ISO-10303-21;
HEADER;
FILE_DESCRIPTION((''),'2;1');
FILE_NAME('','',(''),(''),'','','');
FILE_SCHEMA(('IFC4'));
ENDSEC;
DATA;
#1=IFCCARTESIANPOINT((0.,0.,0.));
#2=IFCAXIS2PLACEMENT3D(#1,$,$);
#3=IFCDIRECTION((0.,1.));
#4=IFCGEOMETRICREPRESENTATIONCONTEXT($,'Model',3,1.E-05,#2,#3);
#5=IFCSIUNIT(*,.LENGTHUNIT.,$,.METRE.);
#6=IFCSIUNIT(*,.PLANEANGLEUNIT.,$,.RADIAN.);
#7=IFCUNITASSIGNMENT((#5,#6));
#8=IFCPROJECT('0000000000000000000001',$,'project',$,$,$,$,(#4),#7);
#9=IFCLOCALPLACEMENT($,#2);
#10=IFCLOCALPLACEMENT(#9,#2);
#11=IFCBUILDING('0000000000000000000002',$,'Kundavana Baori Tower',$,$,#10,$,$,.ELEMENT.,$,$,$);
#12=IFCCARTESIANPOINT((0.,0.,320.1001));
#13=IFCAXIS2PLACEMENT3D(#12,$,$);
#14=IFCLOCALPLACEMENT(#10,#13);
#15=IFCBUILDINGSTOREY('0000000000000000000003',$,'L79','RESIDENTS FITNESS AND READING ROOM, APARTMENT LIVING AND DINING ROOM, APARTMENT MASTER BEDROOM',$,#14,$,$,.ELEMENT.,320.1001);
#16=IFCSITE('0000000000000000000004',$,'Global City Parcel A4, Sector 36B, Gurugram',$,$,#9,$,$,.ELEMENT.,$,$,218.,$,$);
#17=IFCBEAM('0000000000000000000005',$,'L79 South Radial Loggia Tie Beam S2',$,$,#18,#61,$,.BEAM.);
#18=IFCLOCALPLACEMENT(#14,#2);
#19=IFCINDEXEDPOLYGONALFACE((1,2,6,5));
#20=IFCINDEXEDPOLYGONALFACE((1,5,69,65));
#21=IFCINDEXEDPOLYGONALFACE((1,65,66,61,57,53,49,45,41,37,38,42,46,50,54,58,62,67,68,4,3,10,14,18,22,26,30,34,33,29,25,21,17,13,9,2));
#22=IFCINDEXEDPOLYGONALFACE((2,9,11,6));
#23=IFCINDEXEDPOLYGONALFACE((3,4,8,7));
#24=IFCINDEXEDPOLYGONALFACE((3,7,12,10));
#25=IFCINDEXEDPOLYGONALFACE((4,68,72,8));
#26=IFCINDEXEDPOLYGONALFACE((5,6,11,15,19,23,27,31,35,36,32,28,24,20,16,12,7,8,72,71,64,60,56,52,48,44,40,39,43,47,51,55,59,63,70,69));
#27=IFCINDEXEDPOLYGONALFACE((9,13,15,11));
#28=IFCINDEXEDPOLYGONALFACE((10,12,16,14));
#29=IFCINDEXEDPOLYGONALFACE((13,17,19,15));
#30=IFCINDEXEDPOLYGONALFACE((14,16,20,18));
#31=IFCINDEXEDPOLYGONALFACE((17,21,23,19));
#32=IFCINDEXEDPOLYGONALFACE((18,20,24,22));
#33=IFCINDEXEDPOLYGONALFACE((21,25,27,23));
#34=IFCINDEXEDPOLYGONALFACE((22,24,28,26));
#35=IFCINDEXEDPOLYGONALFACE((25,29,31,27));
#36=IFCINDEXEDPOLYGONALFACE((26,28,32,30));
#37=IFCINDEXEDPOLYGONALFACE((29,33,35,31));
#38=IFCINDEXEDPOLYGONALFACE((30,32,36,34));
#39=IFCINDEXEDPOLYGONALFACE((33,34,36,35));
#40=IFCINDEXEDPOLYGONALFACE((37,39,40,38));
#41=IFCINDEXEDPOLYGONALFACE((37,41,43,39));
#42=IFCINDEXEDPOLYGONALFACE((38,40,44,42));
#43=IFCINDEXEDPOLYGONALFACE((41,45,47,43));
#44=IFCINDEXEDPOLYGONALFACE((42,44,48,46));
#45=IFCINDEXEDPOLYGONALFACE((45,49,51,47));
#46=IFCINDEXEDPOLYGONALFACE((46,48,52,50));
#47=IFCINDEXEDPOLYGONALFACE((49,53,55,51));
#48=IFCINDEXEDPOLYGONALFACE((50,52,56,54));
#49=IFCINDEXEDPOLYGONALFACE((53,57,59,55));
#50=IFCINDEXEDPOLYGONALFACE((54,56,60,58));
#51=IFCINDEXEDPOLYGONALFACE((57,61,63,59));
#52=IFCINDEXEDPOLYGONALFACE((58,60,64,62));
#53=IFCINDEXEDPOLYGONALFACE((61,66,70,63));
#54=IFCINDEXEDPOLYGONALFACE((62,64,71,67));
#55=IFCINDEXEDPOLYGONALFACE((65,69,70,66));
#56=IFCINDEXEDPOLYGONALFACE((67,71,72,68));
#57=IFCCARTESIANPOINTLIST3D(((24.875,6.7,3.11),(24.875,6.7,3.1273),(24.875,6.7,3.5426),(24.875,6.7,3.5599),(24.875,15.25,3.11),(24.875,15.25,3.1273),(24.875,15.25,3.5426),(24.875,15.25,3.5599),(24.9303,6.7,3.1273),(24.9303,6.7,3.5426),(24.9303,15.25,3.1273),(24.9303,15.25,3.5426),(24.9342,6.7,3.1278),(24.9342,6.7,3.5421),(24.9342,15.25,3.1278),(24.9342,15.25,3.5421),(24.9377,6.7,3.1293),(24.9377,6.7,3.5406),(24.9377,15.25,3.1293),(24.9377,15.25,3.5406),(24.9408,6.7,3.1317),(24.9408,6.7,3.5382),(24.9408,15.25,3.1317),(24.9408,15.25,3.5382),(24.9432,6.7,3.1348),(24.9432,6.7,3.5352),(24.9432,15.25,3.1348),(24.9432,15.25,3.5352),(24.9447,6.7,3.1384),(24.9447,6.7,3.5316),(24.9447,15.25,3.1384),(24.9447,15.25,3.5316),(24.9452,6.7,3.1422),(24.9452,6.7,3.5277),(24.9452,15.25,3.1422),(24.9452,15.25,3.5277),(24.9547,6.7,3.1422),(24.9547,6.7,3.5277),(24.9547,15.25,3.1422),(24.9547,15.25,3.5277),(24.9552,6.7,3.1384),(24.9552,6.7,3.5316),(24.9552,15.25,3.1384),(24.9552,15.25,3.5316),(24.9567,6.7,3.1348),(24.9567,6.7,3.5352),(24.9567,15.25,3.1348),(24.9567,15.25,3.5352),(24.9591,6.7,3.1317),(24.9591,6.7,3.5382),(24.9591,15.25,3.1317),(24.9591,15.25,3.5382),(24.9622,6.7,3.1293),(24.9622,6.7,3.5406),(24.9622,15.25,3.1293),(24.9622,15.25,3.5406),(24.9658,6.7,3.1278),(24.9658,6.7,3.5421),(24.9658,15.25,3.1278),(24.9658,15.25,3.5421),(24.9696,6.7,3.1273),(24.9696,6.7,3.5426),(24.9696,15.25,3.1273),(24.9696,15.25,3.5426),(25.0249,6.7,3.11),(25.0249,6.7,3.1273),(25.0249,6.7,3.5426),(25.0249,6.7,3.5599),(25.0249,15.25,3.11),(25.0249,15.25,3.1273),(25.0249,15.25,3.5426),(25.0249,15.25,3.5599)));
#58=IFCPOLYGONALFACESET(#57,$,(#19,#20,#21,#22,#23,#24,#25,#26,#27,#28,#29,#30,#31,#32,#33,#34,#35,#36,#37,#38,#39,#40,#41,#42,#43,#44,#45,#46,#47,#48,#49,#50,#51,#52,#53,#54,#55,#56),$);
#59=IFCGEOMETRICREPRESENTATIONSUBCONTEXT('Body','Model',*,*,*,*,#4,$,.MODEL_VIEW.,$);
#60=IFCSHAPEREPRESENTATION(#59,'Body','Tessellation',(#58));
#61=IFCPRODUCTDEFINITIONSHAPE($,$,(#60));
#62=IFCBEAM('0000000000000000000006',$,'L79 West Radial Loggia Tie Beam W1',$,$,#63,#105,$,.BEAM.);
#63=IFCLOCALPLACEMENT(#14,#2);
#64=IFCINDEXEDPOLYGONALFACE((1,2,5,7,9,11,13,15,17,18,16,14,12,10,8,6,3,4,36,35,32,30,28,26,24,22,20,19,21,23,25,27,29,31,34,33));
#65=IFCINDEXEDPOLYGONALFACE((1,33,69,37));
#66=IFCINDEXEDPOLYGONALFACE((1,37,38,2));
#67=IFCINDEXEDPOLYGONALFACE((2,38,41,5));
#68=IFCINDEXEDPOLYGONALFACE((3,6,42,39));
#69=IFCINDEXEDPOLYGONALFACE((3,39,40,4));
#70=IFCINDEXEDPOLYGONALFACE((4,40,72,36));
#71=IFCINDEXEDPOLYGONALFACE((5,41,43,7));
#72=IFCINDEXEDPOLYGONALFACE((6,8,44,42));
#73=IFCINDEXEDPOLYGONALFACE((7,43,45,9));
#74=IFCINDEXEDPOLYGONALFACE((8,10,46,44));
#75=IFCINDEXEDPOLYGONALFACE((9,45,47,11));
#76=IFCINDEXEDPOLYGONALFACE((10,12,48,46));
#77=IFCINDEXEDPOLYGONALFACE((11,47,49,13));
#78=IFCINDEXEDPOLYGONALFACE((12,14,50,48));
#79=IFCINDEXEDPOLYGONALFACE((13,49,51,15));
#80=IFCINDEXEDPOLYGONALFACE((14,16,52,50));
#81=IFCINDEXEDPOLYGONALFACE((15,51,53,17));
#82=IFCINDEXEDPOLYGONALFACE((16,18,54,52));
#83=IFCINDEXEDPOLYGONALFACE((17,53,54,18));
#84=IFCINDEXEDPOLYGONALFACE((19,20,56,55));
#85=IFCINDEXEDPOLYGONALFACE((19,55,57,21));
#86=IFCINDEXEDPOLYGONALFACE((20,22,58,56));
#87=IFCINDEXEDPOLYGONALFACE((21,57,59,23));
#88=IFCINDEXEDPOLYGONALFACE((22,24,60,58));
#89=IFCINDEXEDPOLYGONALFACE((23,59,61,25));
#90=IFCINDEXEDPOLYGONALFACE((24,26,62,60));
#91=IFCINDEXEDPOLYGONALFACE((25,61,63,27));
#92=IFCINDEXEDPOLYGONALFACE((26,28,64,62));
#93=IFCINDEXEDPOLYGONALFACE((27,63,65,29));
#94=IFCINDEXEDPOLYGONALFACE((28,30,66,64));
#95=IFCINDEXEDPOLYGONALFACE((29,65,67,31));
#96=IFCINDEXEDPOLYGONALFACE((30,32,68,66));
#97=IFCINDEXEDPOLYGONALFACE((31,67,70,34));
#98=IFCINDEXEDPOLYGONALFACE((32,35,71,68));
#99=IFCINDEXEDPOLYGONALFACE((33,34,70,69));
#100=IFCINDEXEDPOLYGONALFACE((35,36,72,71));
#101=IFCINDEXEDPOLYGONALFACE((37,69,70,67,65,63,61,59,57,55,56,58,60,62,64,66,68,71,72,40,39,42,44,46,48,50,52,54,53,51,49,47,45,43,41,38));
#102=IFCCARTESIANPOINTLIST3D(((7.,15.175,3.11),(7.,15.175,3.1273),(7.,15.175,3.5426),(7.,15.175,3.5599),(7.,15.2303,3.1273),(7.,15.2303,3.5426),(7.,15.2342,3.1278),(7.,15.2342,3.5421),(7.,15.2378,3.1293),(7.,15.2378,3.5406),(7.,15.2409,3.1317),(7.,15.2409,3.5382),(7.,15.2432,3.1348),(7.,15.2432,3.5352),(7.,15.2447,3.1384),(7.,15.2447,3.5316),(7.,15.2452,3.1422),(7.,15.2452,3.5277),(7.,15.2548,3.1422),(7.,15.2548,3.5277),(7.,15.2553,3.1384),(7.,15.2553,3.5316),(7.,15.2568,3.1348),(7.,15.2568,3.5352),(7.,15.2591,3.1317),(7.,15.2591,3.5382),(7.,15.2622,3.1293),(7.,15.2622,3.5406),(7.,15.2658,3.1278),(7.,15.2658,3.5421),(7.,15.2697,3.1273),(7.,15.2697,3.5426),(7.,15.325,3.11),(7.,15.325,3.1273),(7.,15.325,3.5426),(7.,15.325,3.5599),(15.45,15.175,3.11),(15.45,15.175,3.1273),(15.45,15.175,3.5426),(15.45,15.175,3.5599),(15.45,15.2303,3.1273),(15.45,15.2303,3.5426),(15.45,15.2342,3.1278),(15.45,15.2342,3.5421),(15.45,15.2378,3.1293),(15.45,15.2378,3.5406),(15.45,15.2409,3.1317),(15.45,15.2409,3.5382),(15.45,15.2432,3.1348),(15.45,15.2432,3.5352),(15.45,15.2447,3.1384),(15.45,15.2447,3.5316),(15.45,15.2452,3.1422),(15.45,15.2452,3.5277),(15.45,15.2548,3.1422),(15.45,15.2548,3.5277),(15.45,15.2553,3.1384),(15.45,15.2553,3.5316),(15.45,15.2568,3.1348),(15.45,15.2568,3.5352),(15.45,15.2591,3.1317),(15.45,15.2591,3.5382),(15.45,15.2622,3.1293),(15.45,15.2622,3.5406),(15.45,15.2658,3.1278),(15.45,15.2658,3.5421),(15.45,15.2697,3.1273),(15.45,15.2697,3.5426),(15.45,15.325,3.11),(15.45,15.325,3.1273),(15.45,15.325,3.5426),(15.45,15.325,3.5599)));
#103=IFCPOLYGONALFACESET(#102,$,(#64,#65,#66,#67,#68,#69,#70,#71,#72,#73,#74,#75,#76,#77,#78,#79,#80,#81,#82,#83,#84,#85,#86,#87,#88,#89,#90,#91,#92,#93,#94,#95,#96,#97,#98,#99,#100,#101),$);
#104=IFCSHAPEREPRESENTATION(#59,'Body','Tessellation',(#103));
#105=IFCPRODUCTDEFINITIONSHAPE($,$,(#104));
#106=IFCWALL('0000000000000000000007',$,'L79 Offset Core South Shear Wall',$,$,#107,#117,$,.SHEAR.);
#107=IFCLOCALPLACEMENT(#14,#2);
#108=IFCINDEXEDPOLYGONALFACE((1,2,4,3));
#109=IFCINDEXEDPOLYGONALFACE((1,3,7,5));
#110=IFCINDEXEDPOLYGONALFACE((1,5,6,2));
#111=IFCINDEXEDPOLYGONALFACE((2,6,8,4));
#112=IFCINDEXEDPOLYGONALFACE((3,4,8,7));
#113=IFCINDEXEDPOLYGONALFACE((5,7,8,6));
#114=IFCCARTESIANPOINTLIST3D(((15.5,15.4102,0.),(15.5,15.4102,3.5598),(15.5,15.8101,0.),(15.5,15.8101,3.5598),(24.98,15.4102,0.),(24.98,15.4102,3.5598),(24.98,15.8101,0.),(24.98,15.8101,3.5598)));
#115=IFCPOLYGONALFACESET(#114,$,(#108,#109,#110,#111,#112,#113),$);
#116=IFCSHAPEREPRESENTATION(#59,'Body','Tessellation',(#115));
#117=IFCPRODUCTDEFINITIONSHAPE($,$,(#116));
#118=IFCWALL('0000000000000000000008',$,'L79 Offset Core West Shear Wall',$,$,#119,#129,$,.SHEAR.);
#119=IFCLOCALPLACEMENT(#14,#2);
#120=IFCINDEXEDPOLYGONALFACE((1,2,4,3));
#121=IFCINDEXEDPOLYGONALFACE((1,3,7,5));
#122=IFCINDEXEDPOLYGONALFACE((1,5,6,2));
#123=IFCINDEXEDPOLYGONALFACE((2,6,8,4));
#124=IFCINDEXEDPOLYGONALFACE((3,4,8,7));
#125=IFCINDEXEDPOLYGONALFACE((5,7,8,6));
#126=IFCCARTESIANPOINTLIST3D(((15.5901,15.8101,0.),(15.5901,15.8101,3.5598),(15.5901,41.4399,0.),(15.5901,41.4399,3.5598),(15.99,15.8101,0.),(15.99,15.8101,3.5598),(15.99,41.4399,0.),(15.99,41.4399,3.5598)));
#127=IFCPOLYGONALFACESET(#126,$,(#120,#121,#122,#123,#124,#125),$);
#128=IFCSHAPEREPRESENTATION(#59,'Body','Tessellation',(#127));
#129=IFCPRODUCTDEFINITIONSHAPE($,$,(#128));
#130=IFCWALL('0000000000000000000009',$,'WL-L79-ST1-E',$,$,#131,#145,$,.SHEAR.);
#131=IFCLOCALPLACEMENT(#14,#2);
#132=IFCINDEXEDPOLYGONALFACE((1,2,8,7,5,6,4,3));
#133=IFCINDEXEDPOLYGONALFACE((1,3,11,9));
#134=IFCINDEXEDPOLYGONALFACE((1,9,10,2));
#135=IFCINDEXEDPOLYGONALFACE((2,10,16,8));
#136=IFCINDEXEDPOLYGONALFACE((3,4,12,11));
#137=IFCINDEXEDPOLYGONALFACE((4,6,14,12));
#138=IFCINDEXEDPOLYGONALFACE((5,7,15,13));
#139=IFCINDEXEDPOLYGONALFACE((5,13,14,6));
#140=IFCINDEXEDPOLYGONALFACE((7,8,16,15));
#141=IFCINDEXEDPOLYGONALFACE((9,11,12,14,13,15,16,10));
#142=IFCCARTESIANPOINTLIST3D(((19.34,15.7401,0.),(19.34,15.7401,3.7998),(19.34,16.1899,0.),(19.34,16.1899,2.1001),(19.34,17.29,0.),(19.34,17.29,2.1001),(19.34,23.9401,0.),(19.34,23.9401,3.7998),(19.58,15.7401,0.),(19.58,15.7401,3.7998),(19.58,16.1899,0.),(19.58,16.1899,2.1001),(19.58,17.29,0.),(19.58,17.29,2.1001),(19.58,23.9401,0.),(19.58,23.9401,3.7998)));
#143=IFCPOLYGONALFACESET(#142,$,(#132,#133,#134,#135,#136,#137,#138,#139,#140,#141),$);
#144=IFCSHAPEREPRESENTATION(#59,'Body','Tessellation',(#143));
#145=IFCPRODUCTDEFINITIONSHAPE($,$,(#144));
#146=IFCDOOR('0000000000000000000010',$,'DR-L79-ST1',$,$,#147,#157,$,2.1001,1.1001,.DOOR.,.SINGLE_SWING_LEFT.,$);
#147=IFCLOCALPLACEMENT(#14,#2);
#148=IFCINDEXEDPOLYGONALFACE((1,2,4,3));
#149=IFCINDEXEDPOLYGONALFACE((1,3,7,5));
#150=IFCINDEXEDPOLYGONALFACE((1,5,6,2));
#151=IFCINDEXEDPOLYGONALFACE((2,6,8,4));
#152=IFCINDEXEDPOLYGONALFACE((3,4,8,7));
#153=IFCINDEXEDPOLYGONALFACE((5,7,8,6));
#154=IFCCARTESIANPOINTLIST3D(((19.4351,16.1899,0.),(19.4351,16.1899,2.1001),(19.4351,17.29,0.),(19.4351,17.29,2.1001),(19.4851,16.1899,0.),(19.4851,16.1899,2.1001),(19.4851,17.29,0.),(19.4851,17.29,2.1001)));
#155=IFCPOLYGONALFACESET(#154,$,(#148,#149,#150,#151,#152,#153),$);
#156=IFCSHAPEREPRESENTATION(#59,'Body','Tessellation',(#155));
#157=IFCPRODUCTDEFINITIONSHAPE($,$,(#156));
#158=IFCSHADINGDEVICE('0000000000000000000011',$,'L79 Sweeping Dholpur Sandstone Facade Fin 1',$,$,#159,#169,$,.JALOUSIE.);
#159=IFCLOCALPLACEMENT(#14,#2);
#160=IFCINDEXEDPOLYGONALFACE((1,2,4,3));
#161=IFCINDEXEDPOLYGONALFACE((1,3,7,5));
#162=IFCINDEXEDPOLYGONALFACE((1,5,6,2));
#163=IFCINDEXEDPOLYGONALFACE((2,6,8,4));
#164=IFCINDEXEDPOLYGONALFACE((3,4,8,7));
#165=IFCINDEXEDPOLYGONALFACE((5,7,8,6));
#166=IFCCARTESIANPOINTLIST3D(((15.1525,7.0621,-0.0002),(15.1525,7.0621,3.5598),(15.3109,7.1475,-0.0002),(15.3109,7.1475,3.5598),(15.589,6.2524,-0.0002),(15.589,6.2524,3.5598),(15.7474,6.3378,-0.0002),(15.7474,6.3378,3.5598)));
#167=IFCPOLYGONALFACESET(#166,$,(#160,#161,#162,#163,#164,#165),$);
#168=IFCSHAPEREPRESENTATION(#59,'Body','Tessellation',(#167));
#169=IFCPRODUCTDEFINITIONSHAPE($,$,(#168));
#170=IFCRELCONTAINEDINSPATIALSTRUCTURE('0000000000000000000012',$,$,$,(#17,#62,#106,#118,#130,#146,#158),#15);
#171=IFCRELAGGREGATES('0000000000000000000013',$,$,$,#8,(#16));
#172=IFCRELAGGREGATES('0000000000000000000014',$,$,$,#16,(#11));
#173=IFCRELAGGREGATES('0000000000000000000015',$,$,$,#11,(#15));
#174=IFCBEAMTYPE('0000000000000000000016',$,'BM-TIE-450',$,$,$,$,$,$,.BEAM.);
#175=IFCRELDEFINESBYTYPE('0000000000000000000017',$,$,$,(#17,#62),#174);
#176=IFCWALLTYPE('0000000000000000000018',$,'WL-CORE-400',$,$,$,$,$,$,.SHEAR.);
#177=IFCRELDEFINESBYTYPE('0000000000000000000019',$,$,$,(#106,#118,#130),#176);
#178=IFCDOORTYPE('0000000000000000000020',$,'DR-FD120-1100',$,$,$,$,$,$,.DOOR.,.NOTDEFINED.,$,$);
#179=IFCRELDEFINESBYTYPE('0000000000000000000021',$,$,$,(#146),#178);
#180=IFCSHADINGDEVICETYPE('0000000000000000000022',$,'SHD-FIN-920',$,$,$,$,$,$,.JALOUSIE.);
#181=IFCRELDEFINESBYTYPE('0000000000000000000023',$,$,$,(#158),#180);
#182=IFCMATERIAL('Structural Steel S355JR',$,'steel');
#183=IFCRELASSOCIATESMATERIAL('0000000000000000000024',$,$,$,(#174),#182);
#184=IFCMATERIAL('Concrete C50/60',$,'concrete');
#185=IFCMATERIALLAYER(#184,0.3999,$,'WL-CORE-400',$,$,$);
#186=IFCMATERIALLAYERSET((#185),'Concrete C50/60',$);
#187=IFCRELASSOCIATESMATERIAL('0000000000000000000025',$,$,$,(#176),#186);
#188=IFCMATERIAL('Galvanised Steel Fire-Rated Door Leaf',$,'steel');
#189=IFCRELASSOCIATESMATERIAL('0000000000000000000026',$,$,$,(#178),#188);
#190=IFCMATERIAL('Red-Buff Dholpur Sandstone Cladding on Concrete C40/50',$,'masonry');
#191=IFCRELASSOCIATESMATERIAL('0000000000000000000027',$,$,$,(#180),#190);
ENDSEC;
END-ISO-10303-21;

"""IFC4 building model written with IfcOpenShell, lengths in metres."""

from ifc_helpers import new_model, si_unit, direction, frame, frame_2d, origin, origin_2d, place, context, subcontext, project, spatial, rectangle, i_section, extrude, material, layer, layer_set, material_profile, profile_set, type_object, element, fill, save


model = new_model("IFC4")

# Units and contexts
model_context = context("Model", 3, precision=1e-05, world=origin(), true_north=direction((0.0, 1.0)))
body_context = subcontext(model_context, "Body", "Model", "MODEL_VIEW")
ifc_project = project(units=[si_unit("LENGTHUNIT", "METRE"), si_unit("PLANEANGLEUNIT", "RADIAN")], contexts=[model_context])

# Site, building, storey
site_placement = place(None, origin())
site = spatial("IfcSite", under=ifc_project, at=site_placement, Name="Global City Parcel A4, Sector 36B, Gurugram", CompositionType="ELEMENT", RefElevation=218.0)
building_placement = place(site_placement, origin())
building = spatial("IfcBuilding", under=site, at=building_placement, Name="Kundavana Baori Tower", CompositionType="ELEMENT")
storey_placement = place(building_placement, frame((0.0, 0.0, 320.1001)))
storey = spatial("IfcBuildingStorey", under=building, at=storey_placement, Name="L79", Description="RESIDENTS FITNESS AND READING ROOM, APARTMENT LIVING AND DINING ROOM, APARTMENT MASTER BEDROOM", CompositionType="ELEMENT", Elevation=320.1001)

# Beams
ifc_material_1 = material(Name="Structural Steel S355JR", Category="steel")
ifc_material_profile_1 = material_profile(ifc_material_1, i_section(OverallWidth=0.1499, OverallDepth=0.45, WebThickness=0.0095, FlangeThickness=0.0173, FilletRadius=0.0149, at=origin_2d()), Name="ISMB 450")
ifc_profile_set_1 = profile_set([ifc_material_profile_1], Name="Structural Steel S355JR")
beam_type_1 = type_object("IfcBeamType", Name="BM-TIE-450", PredefinedType="BEAM", material=ifc_profile_set_1)
for number, where, z_axis, x_axis, name in (
    (1, (24.95, 15.25, 3.335), (0.0, -1.0, 0.0), (1.0, 0.0, 0.0), "L79 South Radial Loggia Tie Beam S2"),
):
    element("IfcBeam", number, at=place(storey_placement, frame(where, z_axis=z_axis, x_axis=x_axis)), inside=storey, type_object=beam_type_1, Name=name, PredefinedType="BEAM", context=body_context, shape_type="SweptSolid", body=[
        extrude(i_section(OverallWidth=0.1499, OverallDepth=0.45, WebThickness=0.0095, FlangeThickness=0.0173, FilletRadius=0.0149, at=origin_2d()), origin(), (0.0, 0.0, 1.0), 8.55),
    ])
beam_1_placement = place(storey_placement, frame((15.45, 15.25, 3.335), z_axis=(-1.0, 0.0, 0.0), x_axis=(0.0, -1.0, 0.0)))
element("IfcBeam", 2, at=beam_1_placement, inside=storey, type_object=beam_type_1, Name="L79 West Radial Loggia Tie Beam W1", PredefinedType="BEAM", context=body_context, shape_type="SweptSolid", body=[
    extrude(i_section(OverallWidth=0.1499, OverallDepth=0.45, WebThickness=0.0095, FlangeThickness=0.0173, FilletRadius=0.0149, at=origin_2d()), origin(), (0.0, 0.0, 1.0), 8.45),
])

# Walls
ifc_material_2 = material(Name="Concrete C50/60", Category="concrete")
ifc_layer = layer(ifc_material_2, 0.3999, Name="WL-CORE-400")
ifc_layer_set = layer_set([ifc_layer], Name="Concrete C50/60")
wall_type = type_object("IfcWallType", Name="WL-CORE-400", PredefinedType="SHEAR", material=ifc_layer_set)
wall_1_placement = place(storey_placement, frame((15.5, 15.6101, 0.0), z_axis=(0.0, 0.0, 1.0), x_axis=(1.0, 0.0, 0.0)))
element("IfcWall", 3, at=wall_1_placement, inside=storey, type_object=wall_type, Name="L79 Offset Core South Shear Wall", PredefinedType="SHEAR", context=body_context, shape_type="SweptSolid", body=[
    extrude(rectangle(XDim=9.48, YDim=0.3999, at=frame_2d((4.74, 0.0))), origin(), (0.0, 0.0, 1.0), 3.5598),
])
wall_2_placement = place(storey_placement, frame((15.79, 15.8101, 0.0), z_axis=(0.0, 0.0, 1.0), x_axis=(0.0, 1.0, 0.0)))
element("IfcWall", 4, at=wall_2_placement, inside=storey, type_object=wall_type, Name="L79 Offset Core West Shear Wall", PredefinedType="SHEAR", context=body_context, shape_type="SweptSolid", body=[
    extrude(rectangle(XDim=25.6299, YDim=0.3999, at=frame_2d((12.8149, 0.0))), origin(), (0.0, 0.0, 1.0), 3.5598),
])

# Wall, opening, door
wall_3_placement = place(storey_placement, frame((19.46, 15.74, 0.0), z_axis=(0.0, 0.0, 1.0), x_axis=(0.0, 1.0, 0.0)))
wall_3 = element("IfcWall", 5, at=wall_3_placement, inside=storey, type_object=wall_type, Name="WL-L79-ST1-E", PredefinedType="SHEAR", context=body_context, shape_type="SweptSolid", body=[
    extrude(rectangle(XDim=8.2, YDim=0.24, at=frame_2d((4.1001, 0.0))), origin(), (0.0, 0.0, 1.0), 3.7998),
])
opening_1_placement = place(wall_3_placement, frame((0.45, 0.0, 0.0)))
opening_1 = element("IfcOpeningElement", 6, at=opening_1_placement, cuts=wall_3, PredefinedType="OPENING", context=body_context, shape_type="SweptSolid", body=[
    extrude(rectangle(XDim=1.1001, YDim=2.1001, at=frame_2d((0.55, 1.05))), frame((0.0, 0.1299, 0.0), z_axis=(0.0, -1.0, 0.0), x_axis=(1.0, 0.0, 0.0)), (0.0, 0.0, 1.0), 0.26),
])
ifc_material_3 = material(Name="Galvanised Steel Fire-Rated Door Leaf", Category="steel")
door_type_1 = type_object("IfcDoorType", Name="DR-FD120-1100", OperationType="NOTDEFINED", PredefinedType="DOOR", material=ifc_material_3)
door_1_placement = place(opening_1_placement, origin())
door_1 = element("IfcDoor", 7, at=door_1_placement, inside=storey, type_object=door_type_1, Name="DR-L79-ST1", OperationType="SINGLE_SWING_LEFT", OverallHeight=2.1001, OverallWidth=1.1001, PredefinedType="DOOR", context=body_context, shape_type="SweptSolid", body=[
    extrude(rectangle(XDim=1.1001, YDim=2.1001, at=frame_2d((0.55, 1.05))), frame((0.0, 0.0249, 0.0), z_axis=(0.0, -1.0, 0.0), x_axis=(1.0, 0.0, 0.0)), (0.0, 0.0, 1.0), 0.05),
])
fill(opening_1, door_1)

# Shading device
ifc_material_4 = material(Name="Red-Buff Dholpur Sandstone Cladding on Concrete C40/50", Category="masonry")
shading_device_type = type_object("IfcShadingDeviceType", Name="SHD-FIN-920", PredefinedType="JALOUSIE", material=ifc_material_4)
shading_device_placement = place(storey_placement, frame((15.45, 6.7, -0.0002), z_axis=(0.0, 0.0, 1.0), x_axis=(0.880229, 0.474549, 0.0)))
element("IfcShadingDevice", 8, at=shading_device_placement, inside=storey, type_object=shading_device_type, Name="L79 Sweeping Dholpur Sandstone Facade Fin 1", PredefinedType="JALOUSIE", context=body_context, shape_type="SweptSolid", body=[
    extrude(rectangle(XDim=0.1799, YDim=0.9199, at=origin_2d()), origin(), (0.0, 0.0, 1.0), 3.5601),
])

save(model, "model.ifc")
